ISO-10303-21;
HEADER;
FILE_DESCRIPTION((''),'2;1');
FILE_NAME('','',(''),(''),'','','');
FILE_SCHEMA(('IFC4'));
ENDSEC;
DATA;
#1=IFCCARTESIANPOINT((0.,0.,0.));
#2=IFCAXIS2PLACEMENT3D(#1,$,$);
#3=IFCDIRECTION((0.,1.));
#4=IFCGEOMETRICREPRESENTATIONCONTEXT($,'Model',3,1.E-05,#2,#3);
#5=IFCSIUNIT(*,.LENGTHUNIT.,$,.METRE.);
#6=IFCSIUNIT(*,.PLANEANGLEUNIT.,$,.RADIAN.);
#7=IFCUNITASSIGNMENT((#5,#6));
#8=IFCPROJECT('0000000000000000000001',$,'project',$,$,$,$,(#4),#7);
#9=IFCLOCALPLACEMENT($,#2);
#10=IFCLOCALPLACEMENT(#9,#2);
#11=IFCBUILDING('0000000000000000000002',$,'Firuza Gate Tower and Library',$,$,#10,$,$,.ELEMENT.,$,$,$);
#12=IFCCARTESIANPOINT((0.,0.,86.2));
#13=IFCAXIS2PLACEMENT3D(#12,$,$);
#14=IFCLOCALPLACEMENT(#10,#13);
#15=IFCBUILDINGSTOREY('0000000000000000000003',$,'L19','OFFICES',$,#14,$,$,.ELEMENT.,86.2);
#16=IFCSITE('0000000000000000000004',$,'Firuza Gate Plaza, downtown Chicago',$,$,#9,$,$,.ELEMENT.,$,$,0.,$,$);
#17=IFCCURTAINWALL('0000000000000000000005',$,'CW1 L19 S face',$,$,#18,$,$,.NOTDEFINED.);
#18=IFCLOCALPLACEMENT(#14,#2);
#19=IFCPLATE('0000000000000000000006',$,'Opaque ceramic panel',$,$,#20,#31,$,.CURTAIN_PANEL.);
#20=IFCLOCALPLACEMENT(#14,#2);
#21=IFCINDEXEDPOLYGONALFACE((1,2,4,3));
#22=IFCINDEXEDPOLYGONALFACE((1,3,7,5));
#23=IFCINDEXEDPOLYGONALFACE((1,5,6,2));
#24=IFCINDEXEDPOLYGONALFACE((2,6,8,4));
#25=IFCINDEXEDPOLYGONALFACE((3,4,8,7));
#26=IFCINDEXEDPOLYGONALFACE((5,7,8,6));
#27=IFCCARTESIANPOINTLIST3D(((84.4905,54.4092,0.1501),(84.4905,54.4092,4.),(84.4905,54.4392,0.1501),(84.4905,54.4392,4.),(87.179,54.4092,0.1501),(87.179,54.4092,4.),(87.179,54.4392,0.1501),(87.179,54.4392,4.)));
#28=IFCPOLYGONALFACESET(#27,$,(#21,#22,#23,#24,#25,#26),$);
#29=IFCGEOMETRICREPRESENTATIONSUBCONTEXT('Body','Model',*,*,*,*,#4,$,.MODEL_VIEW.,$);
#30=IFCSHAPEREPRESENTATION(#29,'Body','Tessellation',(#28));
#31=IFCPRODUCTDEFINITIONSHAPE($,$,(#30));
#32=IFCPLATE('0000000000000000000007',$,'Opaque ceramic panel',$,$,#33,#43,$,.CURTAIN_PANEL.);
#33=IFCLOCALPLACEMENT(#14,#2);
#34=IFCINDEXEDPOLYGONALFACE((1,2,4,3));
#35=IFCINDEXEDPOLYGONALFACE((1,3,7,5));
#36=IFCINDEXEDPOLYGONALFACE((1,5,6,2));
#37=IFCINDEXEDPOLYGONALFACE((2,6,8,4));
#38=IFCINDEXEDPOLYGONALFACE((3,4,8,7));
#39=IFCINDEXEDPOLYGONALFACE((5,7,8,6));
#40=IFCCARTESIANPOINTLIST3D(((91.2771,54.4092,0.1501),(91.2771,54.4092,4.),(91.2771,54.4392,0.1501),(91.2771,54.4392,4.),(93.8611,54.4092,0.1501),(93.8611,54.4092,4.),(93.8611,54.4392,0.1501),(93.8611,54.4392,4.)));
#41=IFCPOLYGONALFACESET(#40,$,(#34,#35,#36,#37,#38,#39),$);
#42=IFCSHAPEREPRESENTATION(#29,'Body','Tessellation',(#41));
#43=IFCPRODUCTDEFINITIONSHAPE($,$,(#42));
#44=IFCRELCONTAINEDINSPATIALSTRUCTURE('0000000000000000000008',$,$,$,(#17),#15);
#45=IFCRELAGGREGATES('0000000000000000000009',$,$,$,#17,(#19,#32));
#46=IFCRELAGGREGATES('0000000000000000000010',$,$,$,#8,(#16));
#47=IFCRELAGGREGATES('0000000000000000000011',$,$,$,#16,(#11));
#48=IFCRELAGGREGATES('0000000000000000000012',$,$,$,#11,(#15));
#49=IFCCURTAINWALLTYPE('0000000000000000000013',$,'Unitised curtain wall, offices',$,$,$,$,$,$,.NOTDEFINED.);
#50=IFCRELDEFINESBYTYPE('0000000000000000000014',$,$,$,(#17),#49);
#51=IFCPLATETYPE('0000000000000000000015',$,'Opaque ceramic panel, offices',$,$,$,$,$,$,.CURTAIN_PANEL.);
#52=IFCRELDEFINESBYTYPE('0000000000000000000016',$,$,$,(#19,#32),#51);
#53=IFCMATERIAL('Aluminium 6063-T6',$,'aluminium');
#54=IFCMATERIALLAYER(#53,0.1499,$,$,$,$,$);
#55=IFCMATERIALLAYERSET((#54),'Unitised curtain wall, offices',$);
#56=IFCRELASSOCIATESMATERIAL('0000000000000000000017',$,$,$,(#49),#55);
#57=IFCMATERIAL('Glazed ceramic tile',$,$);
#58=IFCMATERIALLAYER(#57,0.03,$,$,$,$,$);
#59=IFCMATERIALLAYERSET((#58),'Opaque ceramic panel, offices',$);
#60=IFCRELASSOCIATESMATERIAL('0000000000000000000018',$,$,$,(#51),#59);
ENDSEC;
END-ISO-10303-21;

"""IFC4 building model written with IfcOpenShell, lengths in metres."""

from ifc_helpers import new_model, si_unit, direction, frame, origin, place, context, subcontext, project, spatial, polyline, outline, extrude, material, layer, layer_set, type_object, element, aggregate, save


model = new_model("IFC4")

# Units and contexts
model_context = context("Model", 3, precision=1e-05, world=origin(), true_north=direction((0.0, 1.0)))
body_context = subcontext(model_context, "Body", "Model", "MODEL_VIEW")
ifc_project = project(units=[si_unit("LENGTHUNIT", "METRE"), si_unit("PLANEANGLEUNIT", "RADIAN")], contexts=[model_context])

# Site, building, storey
site_placement = place(None, origin())
site = spatial("IfcSite", under=ifc_project, at=site_placement, Name="Firuza Gate Plaza, downtown Chicago", CompositionType="ELEMENT", RefElevation=0.0)
building_placement = place(site_placement, origin())
building = spatial("IfcBuilding", under=site, at=building_placement, Name="Firuza Gate Tower and Library", CompositionType="ELEMENT")
storey_placement = place(building_placement, frame((0.0, 0.0, 86.2)))
storey = spatial("IfcBuildingStorey", under=building, at=storey_placement, Name="L19", Description="OFFICES", CompositionType="ELEMENT", Elevation=86.2)

# Curtain wall
ifc_material_1 = material(Name="Aluminium 6063-T6", Category="aluminium")
ifc_layer_1 = layer(ifc_material_1, 0.1499)
ifc_layer_set_1 = layer_set([ifc_layer_1], Name="Unitised curtain wall, offices")
curtain_wall_type = type_object("IfcCurtainWallType", Name="Unitised curtain wall, offices", PredefinedType="NOTDEFINED", material=ifc_layer_set_1)
curtain_wall_placement = place(storey_placement, origin())
curtain_wall = element("IfcCurtainWall", 1, at=curtain_wall_placement, inside=storey, type_object=curtain_wall_type, Name="CW1 L19 S face", PredefinedType="NOTDEFINED")

# Plates
ifc_material_2 = material(Name="Glazed ceramic tile")
ifc_layer_2 = layer(ifc_material_2, 0.03)
ifc_layer_set_2 = layer_set([ifc_layer_2], Name="Opaque ceramic panel, offices")
plate_type_1 = type_object("IfcPlateType", Name="Opaque ceramic panel, offices", PredefinedType="CURTAIN_PANEL", material=ifc_layer_set_2)
plate_1_placement = place(storey_placement, frame((84.4905, 54.4092, 0.1501), z_axis=(0.0, -1.0, 0.0), x_axis=(1.0, 0.0, 0.0)))
plate_1 = element("IfcPlate", 2, at=plate_1_placement, type_object=plate_type_1, Name="Opaque ceramic panel", PredefinedType="CURTAIN_PANEL", context=body_context, shape_type="SweptSolid", body=[
    extrude(outline(polyline([(0.0, 0.0), (2.6885, 0.0), (2.6885, 3.8499), (0.0, 3.8499), (0.0, 0.0)])), origin(), (0.0, 0.0, -1.0), 0.03),
])
plate_2_placement = place(storey_placement, frame((91.2771, 54.4092, 0.1501), z_axis=(0.0, -1.0, 0.0), x_axis=(1.0, 0.0, 0.0)))
plate_2 = element("IfcPlate", 3, at=plate_2_placement, type_object=plate_type_1, Name="Opaque ceramic panel", PredefinedType="CURTAIN_PANEL", context=body_context, shape_type="SweptSolid", body=[
    extrude(outline(polyline([(0.0, 0.0), (2.584, 0.0), (2.584, 3.8499), (0.0, 3.8499), (0.0, 0.0)])), origin(), (0.0, 0.0, -1.0), 0.03),
])
aggregate(curtain_wall, [plate_1, plate_2])

save(model, "model.ifc")
